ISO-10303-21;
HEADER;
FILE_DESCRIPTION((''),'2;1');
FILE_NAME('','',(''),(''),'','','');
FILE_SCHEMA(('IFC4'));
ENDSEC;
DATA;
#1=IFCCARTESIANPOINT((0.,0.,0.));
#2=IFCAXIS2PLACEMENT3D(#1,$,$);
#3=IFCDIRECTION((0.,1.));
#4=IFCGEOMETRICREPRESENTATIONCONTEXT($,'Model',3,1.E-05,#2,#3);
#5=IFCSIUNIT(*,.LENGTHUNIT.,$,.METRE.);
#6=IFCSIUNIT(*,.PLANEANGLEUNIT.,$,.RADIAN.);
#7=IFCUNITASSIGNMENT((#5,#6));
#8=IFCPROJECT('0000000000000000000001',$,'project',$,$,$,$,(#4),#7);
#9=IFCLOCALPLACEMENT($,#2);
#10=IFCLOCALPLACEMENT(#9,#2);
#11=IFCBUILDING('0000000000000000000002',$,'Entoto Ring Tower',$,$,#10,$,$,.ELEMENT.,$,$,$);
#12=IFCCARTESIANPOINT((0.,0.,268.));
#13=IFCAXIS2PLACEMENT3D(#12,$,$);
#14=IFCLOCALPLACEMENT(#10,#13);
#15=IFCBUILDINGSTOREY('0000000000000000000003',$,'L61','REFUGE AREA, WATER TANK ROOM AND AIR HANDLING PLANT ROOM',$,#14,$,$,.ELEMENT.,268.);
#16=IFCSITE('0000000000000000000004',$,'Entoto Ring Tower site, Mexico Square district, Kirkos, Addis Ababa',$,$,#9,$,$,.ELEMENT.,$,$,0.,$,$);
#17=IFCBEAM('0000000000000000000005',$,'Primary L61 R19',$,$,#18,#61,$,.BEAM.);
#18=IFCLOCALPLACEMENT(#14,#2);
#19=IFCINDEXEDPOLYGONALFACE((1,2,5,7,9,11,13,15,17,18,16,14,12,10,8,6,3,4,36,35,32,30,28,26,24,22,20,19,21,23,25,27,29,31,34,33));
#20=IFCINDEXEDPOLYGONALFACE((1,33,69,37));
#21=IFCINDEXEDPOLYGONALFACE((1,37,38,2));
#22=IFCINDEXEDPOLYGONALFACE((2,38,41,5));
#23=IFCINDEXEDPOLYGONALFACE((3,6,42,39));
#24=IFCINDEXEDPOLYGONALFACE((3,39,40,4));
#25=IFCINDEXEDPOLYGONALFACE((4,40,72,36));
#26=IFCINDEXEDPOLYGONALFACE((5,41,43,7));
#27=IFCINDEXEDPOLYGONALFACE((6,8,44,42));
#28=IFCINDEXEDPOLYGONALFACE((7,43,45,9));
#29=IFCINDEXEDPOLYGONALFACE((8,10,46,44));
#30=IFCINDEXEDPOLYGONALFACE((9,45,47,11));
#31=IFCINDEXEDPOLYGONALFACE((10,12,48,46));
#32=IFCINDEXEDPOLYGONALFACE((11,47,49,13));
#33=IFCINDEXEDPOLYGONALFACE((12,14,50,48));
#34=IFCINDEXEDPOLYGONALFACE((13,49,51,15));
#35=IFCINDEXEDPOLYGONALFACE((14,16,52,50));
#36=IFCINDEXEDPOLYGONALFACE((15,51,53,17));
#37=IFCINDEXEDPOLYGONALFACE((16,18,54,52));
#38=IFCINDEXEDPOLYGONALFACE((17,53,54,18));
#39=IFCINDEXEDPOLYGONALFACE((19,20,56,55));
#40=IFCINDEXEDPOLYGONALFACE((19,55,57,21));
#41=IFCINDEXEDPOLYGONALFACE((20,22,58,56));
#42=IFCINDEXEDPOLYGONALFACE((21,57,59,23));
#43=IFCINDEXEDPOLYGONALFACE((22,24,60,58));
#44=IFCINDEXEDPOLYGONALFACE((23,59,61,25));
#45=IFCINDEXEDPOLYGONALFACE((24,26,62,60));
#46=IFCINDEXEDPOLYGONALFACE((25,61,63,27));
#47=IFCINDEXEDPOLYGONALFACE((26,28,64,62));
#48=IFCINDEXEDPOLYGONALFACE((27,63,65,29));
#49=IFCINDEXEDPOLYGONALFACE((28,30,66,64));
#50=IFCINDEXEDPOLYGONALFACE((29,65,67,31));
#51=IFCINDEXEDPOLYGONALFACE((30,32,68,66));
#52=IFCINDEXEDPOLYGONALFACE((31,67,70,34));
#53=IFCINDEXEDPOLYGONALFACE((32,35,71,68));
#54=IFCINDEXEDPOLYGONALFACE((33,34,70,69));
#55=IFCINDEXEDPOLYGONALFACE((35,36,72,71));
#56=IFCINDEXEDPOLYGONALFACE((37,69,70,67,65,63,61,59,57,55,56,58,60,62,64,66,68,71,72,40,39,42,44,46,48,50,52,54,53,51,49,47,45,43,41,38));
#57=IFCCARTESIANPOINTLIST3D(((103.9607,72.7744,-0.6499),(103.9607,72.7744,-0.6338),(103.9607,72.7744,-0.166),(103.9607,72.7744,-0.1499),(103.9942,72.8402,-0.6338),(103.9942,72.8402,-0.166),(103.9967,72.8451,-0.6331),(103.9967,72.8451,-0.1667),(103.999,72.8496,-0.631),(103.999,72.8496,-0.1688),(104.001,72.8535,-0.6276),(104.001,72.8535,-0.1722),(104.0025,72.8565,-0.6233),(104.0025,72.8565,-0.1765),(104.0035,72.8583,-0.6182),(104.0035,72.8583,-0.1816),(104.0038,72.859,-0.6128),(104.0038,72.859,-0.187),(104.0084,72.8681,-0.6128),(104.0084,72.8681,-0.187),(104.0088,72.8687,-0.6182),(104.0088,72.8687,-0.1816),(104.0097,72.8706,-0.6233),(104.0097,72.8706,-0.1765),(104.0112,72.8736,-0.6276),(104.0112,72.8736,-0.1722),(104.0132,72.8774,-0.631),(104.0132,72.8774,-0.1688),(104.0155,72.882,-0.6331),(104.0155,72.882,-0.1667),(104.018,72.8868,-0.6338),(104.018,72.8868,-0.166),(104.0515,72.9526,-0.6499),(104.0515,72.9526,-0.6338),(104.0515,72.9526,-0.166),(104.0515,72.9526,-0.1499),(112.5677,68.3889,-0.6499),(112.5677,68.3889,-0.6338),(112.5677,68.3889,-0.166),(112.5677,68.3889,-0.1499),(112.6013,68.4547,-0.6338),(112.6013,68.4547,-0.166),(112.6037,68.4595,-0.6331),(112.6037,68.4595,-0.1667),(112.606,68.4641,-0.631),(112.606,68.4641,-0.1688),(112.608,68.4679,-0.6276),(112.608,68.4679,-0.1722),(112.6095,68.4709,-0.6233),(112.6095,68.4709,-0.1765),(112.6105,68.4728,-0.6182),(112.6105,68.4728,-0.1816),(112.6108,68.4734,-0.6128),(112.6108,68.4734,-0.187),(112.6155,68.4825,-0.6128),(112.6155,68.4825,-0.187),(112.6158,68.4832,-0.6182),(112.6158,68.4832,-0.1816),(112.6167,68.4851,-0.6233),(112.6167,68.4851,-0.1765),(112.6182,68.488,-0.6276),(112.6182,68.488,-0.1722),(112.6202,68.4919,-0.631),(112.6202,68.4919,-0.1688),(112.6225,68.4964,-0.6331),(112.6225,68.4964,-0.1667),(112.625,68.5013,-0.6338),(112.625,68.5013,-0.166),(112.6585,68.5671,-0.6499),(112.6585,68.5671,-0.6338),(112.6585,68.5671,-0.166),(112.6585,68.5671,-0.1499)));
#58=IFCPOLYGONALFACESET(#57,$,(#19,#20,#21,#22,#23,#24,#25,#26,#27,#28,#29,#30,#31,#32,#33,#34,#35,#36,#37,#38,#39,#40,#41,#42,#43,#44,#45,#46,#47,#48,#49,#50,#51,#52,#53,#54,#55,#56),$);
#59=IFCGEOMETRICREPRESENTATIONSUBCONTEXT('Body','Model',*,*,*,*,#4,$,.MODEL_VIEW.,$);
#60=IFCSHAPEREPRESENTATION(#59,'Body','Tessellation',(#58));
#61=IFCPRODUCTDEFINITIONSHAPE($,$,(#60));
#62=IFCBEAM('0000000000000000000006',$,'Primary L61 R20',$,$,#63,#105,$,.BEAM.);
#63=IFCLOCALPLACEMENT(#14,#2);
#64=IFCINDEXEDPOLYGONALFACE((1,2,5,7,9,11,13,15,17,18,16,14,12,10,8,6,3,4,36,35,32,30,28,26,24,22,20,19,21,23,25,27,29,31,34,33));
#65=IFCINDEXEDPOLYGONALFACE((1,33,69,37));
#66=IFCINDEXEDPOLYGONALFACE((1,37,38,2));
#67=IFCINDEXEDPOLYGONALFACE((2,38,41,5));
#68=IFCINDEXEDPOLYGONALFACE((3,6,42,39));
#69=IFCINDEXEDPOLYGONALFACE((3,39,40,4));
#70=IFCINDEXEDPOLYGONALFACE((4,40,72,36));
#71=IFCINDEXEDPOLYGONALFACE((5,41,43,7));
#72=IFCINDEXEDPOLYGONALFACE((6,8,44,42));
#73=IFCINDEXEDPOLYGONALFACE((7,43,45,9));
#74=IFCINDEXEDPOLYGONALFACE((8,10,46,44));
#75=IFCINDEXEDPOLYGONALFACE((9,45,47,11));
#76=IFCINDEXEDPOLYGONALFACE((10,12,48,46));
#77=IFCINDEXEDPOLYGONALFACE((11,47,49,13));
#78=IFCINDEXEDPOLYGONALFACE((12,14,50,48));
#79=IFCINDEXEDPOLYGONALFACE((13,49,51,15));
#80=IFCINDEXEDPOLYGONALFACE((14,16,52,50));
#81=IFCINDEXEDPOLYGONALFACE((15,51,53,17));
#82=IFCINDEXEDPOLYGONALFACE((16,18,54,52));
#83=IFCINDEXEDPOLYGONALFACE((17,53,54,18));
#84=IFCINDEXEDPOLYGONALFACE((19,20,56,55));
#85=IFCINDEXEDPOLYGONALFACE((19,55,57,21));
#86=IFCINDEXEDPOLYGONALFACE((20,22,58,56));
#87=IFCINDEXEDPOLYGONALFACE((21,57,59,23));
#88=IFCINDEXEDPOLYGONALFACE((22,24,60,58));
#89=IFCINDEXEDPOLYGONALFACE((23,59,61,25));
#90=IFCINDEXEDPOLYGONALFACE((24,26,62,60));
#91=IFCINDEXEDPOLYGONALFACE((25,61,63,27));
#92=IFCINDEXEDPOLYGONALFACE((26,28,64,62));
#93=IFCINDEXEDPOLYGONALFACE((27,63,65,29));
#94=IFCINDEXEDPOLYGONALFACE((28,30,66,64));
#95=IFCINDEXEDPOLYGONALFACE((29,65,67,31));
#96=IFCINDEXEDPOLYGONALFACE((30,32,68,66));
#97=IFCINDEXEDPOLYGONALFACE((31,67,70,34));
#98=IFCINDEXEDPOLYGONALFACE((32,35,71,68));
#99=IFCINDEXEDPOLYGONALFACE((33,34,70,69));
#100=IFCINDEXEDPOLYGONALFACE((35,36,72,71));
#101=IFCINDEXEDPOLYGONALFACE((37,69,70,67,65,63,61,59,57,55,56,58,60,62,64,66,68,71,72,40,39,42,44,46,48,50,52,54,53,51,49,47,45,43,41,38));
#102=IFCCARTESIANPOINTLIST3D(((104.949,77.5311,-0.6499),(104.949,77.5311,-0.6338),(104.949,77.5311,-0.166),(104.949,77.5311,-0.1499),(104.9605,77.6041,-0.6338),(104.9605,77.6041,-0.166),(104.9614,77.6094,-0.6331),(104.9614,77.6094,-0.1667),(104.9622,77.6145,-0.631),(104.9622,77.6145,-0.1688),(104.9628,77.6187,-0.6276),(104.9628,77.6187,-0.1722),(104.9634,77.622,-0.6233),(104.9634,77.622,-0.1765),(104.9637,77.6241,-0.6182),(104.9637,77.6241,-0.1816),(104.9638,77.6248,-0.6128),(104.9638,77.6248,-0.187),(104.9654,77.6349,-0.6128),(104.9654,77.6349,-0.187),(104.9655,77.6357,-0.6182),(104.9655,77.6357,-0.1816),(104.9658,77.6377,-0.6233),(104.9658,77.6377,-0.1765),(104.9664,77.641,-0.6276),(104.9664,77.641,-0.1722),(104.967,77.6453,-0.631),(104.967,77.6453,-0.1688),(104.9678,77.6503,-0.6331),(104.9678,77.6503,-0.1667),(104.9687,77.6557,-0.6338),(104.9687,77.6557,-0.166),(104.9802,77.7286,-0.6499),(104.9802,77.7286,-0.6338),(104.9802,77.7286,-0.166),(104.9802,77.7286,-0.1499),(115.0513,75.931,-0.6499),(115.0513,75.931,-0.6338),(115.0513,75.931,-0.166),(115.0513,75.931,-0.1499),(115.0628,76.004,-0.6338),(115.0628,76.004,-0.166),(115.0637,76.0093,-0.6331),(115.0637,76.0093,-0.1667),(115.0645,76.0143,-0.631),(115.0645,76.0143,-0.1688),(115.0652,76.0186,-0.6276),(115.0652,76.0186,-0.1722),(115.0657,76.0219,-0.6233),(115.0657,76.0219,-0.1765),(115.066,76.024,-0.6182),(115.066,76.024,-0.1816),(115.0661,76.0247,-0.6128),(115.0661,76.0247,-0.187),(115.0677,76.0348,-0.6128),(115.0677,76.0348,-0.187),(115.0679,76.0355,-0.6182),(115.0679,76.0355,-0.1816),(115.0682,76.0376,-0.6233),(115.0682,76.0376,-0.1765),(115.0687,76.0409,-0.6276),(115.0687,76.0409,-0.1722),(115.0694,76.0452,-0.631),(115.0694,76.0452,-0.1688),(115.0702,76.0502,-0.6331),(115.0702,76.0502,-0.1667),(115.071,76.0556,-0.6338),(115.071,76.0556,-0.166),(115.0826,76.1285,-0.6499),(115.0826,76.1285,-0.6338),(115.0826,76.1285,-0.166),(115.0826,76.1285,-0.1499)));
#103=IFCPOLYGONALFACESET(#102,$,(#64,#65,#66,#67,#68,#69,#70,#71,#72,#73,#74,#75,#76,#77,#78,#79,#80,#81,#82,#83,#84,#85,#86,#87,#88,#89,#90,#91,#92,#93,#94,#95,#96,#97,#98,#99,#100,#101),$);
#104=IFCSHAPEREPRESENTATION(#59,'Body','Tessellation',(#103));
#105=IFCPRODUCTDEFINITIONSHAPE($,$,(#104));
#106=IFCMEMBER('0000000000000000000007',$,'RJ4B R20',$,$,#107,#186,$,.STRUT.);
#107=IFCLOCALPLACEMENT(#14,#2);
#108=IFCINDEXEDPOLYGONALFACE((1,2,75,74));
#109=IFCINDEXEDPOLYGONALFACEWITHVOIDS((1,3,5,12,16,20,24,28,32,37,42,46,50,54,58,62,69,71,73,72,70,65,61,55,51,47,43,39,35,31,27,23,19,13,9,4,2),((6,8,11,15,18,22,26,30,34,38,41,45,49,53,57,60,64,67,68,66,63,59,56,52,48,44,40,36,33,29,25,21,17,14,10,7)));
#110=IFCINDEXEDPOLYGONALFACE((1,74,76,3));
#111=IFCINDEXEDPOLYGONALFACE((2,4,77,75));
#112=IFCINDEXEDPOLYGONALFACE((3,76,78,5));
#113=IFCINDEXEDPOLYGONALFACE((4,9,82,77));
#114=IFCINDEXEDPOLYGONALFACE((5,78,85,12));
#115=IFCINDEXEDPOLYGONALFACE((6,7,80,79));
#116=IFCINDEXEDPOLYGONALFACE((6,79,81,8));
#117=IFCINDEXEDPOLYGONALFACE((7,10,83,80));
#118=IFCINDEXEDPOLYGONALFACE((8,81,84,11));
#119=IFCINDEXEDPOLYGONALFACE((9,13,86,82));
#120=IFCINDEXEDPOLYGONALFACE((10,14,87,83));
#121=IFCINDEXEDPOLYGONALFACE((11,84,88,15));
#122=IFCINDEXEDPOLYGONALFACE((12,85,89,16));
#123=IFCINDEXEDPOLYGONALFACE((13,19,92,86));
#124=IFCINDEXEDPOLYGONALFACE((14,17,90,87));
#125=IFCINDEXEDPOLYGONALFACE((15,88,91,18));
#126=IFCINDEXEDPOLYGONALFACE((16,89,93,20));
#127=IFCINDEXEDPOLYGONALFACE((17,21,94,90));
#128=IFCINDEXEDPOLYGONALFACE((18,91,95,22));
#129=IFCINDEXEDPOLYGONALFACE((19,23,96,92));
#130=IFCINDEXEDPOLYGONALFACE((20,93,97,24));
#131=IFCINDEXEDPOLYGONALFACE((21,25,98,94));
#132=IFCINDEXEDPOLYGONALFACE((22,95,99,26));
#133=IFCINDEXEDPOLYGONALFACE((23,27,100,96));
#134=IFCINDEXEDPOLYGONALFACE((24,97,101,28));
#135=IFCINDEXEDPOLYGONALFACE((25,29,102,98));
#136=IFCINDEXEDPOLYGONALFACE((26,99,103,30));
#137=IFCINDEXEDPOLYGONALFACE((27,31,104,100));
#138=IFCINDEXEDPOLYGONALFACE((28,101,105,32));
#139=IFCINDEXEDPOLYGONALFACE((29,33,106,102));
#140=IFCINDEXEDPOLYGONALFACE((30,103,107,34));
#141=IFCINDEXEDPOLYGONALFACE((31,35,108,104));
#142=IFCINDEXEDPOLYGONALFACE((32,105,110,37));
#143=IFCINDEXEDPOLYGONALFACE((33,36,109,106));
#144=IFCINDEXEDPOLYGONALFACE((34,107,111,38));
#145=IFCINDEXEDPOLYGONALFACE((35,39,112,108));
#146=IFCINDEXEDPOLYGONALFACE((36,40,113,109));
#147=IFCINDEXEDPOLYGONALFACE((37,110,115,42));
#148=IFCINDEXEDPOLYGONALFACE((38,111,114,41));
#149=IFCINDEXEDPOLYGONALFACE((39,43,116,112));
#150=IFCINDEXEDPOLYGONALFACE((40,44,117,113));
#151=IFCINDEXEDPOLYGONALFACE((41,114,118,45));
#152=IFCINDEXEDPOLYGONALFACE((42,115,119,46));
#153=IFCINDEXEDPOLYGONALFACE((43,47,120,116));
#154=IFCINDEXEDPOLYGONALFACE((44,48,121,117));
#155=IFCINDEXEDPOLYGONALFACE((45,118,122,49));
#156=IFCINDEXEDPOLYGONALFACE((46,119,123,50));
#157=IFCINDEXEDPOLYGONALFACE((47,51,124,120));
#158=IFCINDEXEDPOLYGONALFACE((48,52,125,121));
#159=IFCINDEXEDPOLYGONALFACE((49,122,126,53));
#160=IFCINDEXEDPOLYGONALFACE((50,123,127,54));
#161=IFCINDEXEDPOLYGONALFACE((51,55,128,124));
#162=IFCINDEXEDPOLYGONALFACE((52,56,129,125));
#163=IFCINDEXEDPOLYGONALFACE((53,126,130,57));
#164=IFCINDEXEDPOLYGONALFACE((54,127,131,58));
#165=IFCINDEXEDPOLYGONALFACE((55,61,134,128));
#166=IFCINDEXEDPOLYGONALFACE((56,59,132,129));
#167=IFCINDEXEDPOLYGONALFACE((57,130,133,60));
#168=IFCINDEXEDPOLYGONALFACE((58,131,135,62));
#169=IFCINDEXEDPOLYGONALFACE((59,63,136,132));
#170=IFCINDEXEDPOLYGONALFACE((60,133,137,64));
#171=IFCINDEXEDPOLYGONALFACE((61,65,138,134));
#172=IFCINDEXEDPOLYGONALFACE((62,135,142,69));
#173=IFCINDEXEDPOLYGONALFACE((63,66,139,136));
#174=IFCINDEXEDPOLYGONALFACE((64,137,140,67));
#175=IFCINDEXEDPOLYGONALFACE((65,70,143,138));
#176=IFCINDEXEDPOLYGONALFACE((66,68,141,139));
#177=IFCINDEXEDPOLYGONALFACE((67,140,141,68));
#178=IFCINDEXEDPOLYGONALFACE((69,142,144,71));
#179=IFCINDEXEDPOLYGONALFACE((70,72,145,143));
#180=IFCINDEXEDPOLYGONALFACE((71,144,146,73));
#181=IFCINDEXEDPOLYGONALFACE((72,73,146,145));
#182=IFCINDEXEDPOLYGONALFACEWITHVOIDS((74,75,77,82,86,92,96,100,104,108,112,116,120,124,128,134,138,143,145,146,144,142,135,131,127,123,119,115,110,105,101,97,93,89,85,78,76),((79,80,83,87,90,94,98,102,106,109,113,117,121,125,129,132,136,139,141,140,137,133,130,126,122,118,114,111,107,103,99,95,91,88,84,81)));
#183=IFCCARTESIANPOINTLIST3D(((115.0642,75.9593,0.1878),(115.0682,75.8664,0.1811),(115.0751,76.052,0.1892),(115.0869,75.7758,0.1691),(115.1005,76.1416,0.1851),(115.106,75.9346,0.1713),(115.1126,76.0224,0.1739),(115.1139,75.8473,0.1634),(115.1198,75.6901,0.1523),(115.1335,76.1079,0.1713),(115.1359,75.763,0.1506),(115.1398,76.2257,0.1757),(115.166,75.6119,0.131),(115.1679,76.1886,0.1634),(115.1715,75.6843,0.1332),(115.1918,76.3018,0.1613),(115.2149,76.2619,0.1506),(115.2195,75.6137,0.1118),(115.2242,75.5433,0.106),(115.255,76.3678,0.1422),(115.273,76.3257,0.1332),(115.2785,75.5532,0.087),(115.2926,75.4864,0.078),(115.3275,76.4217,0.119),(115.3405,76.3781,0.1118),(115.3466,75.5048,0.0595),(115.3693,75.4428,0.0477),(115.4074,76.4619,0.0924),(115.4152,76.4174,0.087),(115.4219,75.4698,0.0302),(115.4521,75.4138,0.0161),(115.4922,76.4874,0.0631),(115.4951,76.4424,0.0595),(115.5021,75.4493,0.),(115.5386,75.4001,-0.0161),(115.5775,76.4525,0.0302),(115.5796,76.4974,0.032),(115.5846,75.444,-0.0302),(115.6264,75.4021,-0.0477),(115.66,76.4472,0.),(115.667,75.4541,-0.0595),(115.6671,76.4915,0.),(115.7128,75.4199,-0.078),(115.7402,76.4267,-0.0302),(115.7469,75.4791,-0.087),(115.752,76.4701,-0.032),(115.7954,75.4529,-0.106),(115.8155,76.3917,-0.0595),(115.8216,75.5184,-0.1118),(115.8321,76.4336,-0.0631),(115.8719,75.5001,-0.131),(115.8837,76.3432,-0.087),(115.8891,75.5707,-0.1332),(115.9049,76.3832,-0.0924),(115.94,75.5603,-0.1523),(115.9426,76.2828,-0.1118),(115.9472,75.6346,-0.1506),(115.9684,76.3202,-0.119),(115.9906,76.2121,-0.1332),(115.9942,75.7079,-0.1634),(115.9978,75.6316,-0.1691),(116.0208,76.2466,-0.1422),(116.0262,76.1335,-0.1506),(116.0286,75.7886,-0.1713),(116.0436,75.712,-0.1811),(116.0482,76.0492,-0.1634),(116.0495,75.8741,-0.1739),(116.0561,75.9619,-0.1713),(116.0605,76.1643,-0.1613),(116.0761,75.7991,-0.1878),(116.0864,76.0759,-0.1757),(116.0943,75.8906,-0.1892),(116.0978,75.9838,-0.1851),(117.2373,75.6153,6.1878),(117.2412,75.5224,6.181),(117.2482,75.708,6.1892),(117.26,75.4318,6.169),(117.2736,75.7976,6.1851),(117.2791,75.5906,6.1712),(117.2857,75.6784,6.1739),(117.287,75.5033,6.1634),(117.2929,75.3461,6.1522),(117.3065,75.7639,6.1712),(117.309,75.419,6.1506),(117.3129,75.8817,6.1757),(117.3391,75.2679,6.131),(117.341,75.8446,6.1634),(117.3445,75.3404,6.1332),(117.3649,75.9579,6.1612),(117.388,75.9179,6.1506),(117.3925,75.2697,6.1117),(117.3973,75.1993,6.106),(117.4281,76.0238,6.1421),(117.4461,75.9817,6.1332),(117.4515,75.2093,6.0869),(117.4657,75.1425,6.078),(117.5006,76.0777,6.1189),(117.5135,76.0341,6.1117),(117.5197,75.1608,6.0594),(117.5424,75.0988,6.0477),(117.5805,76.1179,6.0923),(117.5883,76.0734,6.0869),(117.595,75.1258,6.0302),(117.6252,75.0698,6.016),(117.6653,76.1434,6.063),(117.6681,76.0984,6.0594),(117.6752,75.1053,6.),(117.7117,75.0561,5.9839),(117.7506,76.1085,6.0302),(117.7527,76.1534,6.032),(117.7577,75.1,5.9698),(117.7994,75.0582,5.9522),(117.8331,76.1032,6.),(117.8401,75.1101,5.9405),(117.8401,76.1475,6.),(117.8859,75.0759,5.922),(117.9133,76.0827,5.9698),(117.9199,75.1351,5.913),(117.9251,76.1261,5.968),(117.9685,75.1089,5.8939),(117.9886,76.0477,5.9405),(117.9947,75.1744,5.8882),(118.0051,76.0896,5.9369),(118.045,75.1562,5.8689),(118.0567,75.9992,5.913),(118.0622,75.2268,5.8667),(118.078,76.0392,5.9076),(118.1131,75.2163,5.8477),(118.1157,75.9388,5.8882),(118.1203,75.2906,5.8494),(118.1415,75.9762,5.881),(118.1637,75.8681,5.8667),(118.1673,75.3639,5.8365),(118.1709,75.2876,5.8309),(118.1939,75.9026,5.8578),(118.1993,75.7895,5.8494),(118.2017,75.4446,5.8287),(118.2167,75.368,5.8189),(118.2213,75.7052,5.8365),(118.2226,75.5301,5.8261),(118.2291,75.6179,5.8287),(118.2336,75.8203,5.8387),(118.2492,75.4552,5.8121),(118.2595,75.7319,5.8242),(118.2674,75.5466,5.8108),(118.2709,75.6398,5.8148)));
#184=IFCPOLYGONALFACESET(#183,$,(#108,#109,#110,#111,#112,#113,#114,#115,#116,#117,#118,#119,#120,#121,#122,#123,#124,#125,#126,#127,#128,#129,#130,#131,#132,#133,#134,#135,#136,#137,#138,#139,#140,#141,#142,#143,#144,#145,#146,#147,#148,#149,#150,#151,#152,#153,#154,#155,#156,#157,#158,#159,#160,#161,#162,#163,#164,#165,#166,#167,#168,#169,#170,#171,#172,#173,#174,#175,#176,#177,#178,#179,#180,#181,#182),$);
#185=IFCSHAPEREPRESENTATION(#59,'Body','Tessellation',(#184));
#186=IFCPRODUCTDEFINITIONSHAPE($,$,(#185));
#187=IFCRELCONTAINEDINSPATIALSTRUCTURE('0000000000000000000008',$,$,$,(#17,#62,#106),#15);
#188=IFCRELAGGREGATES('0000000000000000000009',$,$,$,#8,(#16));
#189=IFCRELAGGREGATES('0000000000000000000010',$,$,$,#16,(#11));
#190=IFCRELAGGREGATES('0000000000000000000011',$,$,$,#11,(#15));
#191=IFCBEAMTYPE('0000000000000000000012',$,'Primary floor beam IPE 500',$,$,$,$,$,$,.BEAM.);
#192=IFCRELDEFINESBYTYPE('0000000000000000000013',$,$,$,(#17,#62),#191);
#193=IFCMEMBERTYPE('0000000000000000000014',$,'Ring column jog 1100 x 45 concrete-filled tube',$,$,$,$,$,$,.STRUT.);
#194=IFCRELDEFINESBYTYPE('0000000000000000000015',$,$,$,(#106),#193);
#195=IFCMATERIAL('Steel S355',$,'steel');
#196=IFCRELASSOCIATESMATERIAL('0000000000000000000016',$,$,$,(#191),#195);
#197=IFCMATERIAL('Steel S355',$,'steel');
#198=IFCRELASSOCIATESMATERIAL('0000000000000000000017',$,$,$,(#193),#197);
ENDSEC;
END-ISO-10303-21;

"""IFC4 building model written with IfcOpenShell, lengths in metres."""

from ifc_helpers import new_model, si_unit, direction, frame, origin, origin_2d, place, context, subcontext, project, spatial, circle, hollow_circle, i_section, extrude, material, material_profile, profile_set, type_object, element, save


model = new_model("IFC4")

# Units and contexts
model_context = context("Model", 3, precision=1e-05, world=origin(), true_north=direction((0.0, 1.0)))
body_context = subcontext(model_context, "Body", "Model", "MODEL_VIEW")
ifc_project = project(units=[si_unit("LENGTHUNIT", "METRE"), si_unit("PLANEANGLEUNIT", "RADIAN")], contexts=[model_context])

# Site, building, storey
site_placement = place(None, origin())
site = spatial("IfcSite", under=ifc_project, at=site_placement, Name="Entoto Ring Tower site, Mexico Square district, Kirkos, Addis Ababa", CompositionType="ELEMENT", RefElevation=0.0)
building_placement = place(site_placement, origin())
building = spatial("IfcBuilding", under=site, at=building_placement, Name="Entoto Ring Tower", CompositionType="ELEMENT")
storey_placement = place(building_placement, frame((0.0, 0.0, 268.0)))
storey = spatial("IfcBuildingStorey", under=building, at=storey_placement, Name="L61", Description="REFUGE AREA, WATER TANK ROOM AND AIR HANDLING PLANT ROOM", CompositionType="ELEMENT", Elevation=268.0)

# Beams
ifc_material_1 = material(Name="Steel S355", Category="steel")
ifc_material_profile_1 = material_profile(ifc_material_1, i_section(OverallWidth=0.2, OverallDepth=0.5, WebThickness=0.0103, FlangeThickness=0.0161, FilletRadius=0.021, at=origin_2d()), Name="IPE 500")
ifc_profile_set_1 = profile_set([ifc_material_profile_1], Name="Steel S355")
beam_type_1 = type_object("IfcBeamType", Name="Primary floor beam IPE 500", PredefinedType="BEAM", material=ifc_profile_set_1)
beam_1_placement = place(storey_placement, frame((104.0061, 72.8635, -0.3999), z_axis=(0.891005, -0.453994, 0.0), x_axis=(0.453994, 0.891005, 0.0)))
element("IfcBeam", 1, at=beam_1_placement, inside=storey, type_object=beam_type_1, Name="Primary L61 R19", PredefinedType="BEAM", context=body_context, shape_type="SweptSolid", body=[
    extrude(i_section(OverallWidth=0.2, OverallDepth=0.5, WebThickness=0.0103, FlangeThickness=0.0161, FilletRadius=0.021, at=origin_2d()), origin(), (0.0, 0.0, 1.0), 9.6599),
])
beam_2_placement = place(storey_placement, frame((104.9646, 77.6299, -0.3999), z_axis=(0.987688, -0.156439, 0.0), x_axis=(0.156439, 0.987688, 0.0)))
element("IfcBeam", 2, at=beam_2_placement, inside=storey, type_object=beam_type_1, Name="Primary L61 R20", PredefinedType="BEAM", context=body_context, shape_type="SweptSolid", body=[
    extrude(i_section(OverallWidth=0.2, OverallDepth=0.5, WebThickness=0.0103, FlangeThickness=0.0161, FilletRadius=0.021, at=origin_2d()), origin(), (0.0, 0.0, 1.0), 10.2283),
])

# Member
ifc_material_2 = material(Name="Steel S355", Category="steel")
ifc_material_profile_2 = material_profile(ifc_material_2, hollow_circle(Radius=0.55, WallThickness=0.0449, at=origin_2d()), Name="CHS 1100 x 45")
ifc_material_3 = material(Name="Concrete C60/75", Category="concrete")
ifc_material_profile_3 = material_profile(ifc_material_3, circle(Radius=0.5049, at=origin_2d()), Name="Concrete C60/75 infill")
ifc_profile_set_2 = profile_set([ifc_material_profile_2, ifc_material_profile_3], Name="Steel S355")
member_type_1 = type_object("IfcMemberType", Name="Ring column jog 1100 x 45 concrete-filled tube", PredefinedType="STRUT", material=ifc_profile_set_2)
member_1_placement = place(storey_placement, frame((115.5811, 75.9482, 0.0), z_axis=(0.340042, -0.053828, 0.938869), x_axis=(0.15635, 0.987702, 0.0)))
element("IfcMember", 3, at=member_1_placement, inside=storey, type_object=member_type_1, Name="RJ4B R20", PredefinedType="STRUT", context=body_context, shape_type="SweptSolid", body=[
    extrude(hollow_circle(Radius=0.55, WallThickness=0.0449, at=origin_2d()), origin(), (0.0, 0.0, 1.0), 6.3906),
])

save(model, "model.ifc")
